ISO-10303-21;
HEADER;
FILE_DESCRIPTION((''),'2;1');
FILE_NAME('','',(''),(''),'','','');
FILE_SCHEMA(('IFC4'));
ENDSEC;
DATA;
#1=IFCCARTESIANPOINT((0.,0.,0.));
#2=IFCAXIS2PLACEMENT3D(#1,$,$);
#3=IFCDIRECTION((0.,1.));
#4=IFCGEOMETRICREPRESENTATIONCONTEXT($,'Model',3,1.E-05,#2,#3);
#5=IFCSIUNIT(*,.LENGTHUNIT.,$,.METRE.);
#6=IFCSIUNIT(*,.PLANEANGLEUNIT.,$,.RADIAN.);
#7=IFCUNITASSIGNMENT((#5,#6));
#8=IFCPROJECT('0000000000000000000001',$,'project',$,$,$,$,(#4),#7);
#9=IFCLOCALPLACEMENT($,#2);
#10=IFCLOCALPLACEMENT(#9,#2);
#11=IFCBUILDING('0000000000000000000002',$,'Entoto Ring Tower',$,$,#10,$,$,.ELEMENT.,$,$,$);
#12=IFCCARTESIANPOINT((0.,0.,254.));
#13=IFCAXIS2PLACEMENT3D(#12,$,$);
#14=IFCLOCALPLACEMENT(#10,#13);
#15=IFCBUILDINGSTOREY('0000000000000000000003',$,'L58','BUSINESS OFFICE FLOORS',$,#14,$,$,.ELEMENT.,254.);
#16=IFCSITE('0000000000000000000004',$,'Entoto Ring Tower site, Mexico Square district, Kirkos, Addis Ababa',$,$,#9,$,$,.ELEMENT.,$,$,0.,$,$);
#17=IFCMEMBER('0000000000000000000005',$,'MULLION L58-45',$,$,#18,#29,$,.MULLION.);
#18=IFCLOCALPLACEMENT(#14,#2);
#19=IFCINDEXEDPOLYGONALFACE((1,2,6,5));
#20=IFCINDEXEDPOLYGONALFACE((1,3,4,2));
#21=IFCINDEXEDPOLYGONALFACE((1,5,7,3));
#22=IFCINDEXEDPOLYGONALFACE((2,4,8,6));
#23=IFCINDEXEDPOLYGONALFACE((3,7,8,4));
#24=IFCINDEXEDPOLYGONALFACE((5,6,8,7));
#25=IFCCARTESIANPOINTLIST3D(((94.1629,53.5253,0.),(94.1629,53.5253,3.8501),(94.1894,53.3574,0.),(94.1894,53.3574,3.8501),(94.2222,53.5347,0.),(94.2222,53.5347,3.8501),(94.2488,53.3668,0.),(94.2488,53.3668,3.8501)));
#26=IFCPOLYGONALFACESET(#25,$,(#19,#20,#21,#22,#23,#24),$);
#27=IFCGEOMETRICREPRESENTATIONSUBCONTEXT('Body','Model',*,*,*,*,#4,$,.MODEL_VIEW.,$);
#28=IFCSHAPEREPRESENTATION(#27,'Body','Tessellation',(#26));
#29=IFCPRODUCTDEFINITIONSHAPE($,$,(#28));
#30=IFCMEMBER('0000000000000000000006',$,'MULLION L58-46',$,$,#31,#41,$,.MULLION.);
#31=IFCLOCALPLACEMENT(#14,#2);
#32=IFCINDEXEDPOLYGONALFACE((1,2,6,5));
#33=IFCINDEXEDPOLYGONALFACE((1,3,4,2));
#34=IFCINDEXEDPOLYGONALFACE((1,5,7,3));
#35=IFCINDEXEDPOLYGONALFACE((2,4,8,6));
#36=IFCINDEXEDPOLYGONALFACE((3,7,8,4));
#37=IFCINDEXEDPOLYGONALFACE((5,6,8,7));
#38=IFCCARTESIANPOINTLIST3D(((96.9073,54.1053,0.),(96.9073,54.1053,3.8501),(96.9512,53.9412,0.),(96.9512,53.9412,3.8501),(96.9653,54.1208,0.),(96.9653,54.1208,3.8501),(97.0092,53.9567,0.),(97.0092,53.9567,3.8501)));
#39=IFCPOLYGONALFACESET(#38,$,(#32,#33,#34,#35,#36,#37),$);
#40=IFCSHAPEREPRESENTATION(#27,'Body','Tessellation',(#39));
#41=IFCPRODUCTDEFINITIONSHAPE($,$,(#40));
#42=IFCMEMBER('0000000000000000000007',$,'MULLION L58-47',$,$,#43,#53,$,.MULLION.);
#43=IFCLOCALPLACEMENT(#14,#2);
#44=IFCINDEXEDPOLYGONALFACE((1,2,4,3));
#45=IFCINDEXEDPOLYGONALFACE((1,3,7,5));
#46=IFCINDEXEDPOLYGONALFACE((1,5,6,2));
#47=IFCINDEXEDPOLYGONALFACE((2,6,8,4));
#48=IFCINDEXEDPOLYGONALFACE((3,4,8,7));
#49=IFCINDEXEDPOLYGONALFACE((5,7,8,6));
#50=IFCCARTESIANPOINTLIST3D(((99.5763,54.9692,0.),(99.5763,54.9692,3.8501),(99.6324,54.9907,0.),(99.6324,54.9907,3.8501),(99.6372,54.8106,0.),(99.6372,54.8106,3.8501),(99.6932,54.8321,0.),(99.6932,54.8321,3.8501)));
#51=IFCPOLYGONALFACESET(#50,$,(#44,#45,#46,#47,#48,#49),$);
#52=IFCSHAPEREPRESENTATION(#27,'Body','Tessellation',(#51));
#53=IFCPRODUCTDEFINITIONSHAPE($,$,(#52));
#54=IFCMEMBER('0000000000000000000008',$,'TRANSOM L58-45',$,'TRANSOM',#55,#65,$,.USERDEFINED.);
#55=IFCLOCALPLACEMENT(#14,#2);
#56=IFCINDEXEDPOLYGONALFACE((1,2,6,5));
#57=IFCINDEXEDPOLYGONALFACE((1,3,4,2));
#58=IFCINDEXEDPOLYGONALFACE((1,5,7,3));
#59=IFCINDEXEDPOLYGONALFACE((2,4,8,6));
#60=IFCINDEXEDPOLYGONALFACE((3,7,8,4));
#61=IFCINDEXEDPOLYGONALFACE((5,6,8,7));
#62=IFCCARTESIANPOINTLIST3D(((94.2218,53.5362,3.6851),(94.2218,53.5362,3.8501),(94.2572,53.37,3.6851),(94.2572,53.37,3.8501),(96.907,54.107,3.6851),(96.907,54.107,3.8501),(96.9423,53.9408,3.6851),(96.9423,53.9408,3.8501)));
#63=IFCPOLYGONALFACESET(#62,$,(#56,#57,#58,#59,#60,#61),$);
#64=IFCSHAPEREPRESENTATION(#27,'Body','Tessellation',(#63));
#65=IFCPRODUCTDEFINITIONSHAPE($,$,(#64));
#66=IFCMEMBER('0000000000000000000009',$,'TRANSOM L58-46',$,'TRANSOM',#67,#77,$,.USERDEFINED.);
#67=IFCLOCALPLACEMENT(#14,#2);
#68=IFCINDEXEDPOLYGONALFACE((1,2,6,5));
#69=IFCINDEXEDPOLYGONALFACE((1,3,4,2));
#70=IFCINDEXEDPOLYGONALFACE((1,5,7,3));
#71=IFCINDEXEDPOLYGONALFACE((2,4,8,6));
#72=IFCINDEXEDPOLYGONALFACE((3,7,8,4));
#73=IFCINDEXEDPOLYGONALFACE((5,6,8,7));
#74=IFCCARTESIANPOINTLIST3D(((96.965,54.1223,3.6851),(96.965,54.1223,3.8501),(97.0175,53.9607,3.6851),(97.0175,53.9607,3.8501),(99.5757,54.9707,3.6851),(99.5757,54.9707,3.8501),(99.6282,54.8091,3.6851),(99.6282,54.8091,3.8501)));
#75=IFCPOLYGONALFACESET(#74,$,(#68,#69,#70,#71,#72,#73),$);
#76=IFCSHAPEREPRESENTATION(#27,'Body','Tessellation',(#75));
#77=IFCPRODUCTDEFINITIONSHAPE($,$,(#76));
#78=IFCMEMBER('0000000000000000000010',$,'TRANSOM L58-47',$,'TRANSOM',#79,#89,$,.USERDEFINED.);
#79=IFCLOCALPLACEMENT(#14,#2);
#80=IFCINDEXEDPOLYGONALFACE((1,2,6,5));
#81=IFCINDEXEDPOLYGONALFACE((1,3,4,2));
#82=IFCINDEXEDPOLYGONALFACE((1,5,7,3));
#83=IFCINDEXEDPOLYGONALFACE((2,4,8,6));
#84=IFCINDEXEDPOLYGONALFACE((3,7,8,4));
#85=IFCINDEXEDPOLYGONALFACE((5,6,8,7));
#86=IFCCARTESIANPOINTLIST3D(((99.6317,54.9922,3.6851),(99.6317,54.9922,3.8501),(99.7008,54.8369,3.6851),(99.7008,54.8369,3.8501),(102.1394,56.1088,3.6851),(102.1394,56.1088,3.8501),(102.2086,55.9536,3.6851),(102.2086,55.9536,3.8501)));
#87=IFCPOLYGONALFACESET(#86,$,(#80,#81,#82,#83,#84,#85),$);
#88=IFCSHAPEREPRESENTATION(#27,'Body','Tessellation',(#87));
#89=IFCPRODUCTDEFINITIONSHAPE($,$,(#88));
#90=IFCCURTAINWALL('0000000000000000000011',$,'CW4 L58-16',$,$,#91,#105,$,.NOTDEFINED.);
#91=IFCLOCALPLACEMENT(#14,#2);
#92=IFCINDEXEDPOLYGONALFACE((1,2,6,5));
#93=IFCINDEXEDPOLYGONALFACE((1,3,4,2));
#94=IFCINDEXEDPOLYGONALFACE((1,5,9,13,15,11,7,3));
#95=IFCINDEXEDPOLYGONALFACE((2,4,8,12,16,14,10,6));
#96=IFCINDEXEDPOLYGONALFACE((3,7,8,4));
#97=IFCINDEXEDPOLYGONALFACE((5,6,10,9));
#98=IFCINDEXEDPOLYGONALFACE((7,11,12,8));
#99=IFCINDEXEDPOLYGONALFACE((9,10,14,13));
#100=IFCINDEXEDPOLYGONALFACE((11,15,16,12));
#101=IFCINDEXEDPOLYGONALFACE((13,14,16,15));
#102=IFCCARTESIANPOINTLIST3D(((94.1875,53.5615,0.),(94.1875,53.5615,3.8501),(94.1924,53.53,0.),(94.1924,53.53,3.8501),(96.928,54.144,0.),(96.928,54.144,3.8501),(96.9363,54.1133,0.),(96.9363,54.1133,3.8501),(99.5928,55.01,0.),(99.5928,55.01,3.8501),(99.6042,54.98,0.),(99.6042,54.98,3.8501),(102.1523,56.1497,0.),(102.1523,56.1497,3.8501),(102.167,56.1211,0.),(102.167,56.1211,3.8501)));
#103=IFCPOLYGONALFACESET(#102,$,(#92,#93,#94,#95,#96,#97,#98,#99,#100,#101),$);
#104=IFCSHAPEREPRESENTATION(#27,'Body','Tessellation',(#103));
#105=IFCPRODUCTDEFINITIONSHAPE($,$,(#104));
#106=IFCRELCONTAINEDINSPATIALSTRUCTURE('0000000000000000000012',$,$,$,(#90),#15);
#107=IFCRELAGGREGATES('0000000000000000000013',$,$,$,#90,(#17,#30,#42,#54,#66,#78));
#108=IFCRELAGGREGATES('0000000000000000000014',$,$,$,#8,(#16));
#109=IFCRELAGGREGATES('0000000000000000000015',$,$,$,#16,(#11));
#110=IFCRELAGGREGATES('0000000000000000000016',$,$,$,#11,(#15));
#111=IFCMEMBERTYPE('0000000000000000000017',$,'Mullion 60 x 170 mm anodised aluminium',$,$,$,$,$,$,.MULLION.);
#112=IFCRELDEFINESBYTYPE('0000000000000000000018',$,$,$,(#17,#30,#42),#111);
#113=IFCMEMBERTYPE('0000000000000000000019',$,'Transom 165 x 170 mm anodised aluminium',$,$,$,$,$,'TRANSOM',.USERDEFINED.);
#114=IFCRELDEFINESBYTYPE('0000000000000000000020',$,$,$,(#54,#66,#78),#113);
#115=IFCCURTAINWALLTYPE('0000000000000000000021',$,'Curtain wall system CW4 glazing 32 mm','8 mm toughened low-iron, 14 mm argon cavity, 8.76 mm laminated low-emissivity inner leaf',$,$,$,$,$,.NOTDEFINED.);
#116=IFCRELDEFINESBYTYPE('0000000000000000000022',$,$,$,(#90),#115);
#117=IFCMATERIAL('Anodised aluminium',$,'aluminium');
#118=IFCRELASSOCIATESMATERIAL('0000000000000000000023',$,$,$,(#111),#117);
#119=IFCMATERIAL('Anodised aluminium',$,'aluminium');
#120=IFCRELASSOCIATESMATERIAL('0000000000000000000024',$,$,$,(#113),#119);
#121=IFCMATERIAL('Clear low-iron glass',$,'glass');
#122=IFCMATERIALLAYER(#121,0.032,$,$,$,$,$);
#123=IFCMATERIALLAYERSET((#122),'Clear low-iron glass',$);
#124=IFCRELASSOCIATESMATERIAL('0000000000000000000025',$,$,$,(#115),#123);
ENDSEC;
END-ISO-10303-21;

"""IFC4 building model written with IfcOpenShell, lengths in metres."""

from ifc_helpers import new_model, si_unit, direction, frame, origin, origin_2d, place, context, subcontext, project, spatial, polyline, rectangle, outline, extrude, material, layer, layer_set, material_profile, profile_set, type_object, element, aggregate, save


model = new_model("IFC4")

# Units and contexts
model_context = context("Model", 3, precision=1e-05, world=origin(), true_north=direction((0.0, 1.0)))
body_context = subcontext(model_context, "Body", "Model", "MODEL_VIEW")
ifc_project = project(units=[si_unit("LENGTHUNIT", "METRE"), si_unit("PLANEANGLEUNIT", "RADIAN")], contexts=[model_context])

# Members
ifc_material_1 = material(Name="Anodised aluminium", Category="aluminium")
ifc_material_profile_1 = material_profile(ifc_material_1, rectangle(XDim=0.0601, YDim=0.1699, at=origin_2d()), Name="Mullion 60 x 170 mm anodised aluminium")
ifc_profile_set_1 = profile_set([ifc_material_profile_1], Name="Anodised aluminium")
member_type_1 = type_object("IfcMemberType", Name="Mullion 60 x 170 mm anodised aluminium", PredefinedType="MULLION", material=ifc_profile_set_1)
site_placement = place(None, origin())
building_placement = place(site_placement, origin())
storey_placement = place(building_placement, frame((0.0, 0.0, 254.0)))
member_1_placement = place(storey_placement, frame((94.2058, 53.446, 0.0), z_axis=(0.0, 0.0, 1.0), x_axis=(0.987688, 0.156434, 0.0)))
member_1 = element("IfcMember", 1, at=member_1_placement, type_object=member_type_1, Name="MULLION L58-45", PredefinedType="MULLION", context=body_context, shape_type="SweptSolid", body=[
    extrude(rectangle(XDim=0.0601, YDim=0.1699, at=origin_2d()), origin(), (0.0, 0.0, 1.0), 3.8501),
])
member_2_placement = place(storey_placement, frame((96.9583, 54.031, 0.0), z_axis=(0.0, 0.0, 1.0), x_axis=(0.965926, 0.258819, 0.0)))
member_2 = element("IfcMember", 2, at=member_2_placement, type_object=member_type_1, Name="MULLION L58-46", PredefinedType="MULLION", context=body_context, shape_type="SweptSolid", body=[
    extrude(rectangle(XDim=0.0601, YDim=0.1699, at=origin_2d()), origin(), (0.0, 0.0, 1.0), 3.8501),
])
member_3_placement = place(storey_placement, frame((99.6348, 54.9006, 0.0), z_axis=(0.0, 0.0, 1.0), x_axis=(0.93358, 0.358368, 0.0)))
member_3 = element("IfcMember", 3, at=member_3_placement, type_object=member_type_1, Name="MULLION L58-47", PredefinedType="MULLION", context=body_context, shape_type="SweptSolid", body=[
    extrude(rectangle(XDim=0.0601, YDim=0.1699, at=origin_2d()), origin(), (0.0, 0.0, 1.0), 3.8501),
])
ifc_material_2 = material(Name="Anodised aluminium", Category="aluminium")
ifc_material_profile_2 = material_profile(ifc_material_2, rectangle(XDim=0.1699, YDim=0.165, at=origin_2d()), Name="Transom 165 x 170 mm anodised aluminium")
ifc_profile_set_2 = profile_set([ifc_material_profile_2], Name="Anodised aluminium")
member_type_2 = type_object("IfcMemberType", Name="Transom 165 x 170 mm anodised aluminium", ElementType="TRANSOM", PredefinedType="USERDEFINED", material=ifc_profile_set_2)
member_4_placement = place(storey_placement, frame((94.2395, 53.4531, 3.7676), z_axis=(0.978142, 0.207937, 0.0), x_axis=(-0.207937, 0.978142, 0.0)))
member_4 = element("IfcMember", 4, at=member_4_placement, type_object=member_type_2, Name="TRANSOM L58-45", ObjectType="TRANSOM", PredefinedType="USERDEFINED", context=body_context, shape_type="SweptSolid", body=[
    extrude(rectangle(XDim=0.1699, YDim=0.165, at=origin_2d()), origin(), (0.0, 0.0, 1.0), 2.7451),
])
member_5_placement = place(storey_placement, frame((96.9912, 54.0415, 3.7676), z_axis=(0.951048, 0.309042, 0.0), x_axis=(-0.309042, 0.951048, 0.0)))
member_5 = element("IfcMember", 5, at=member_5_placement, type_object=member_type_2, Name="TRANSOM L58-46", ObjectType="TRANSOM", PredefinedType="USERDEFINED", context=body_context, shape_type="SweptSolid", body=[
    extrude(rectangle(XDim=0.1699, YDim=0.165, at=origin_2d()), origin(), (0.0, 0.0, 1.0), 2.7451),
])
member_6_placement = place(storey_placement, frame((99.6663, 54.9146, 3.7676), z_axis=(0.913525, 0.406782, 0.0), x_axis=(-0.406782, 0.913525, 0.0)))
member_6 = element("IfcMember", 6, at=member_6_placement, type_object=member_type_2, Name="TRANSOM L58-47", ObjectType="TRANSOM", PredefinedType="USERDEFINED", context=body_context, shape_type="SweptSolid", body=[
    extrude(rectangle(XDim=0.1699, YDim=0.165, at=origin_2d()), origin(), (0.0, 0.0, 1.0), 2.7451),
])

# Site, building, storey
site = spatial("IfcSite", under=ifc_project, at=site_placement, Name="Entoto Ring Tower site, Mexico Square district, Kirkos, Addis Ababa", CompositionType="ELEMENT", RefElevation=0.0)
building = spatial("IfcBuilding", under=site, at=building_placement, Name="Entoto Ring Tower", CompositionType="ELEMENT")
storey = spatial("IfcBuildingStorey", under=building, at=storey_placement, Name="L58", Description="BUSINESS OFFICE FLOORS", CompositionType="ELEMENT", Elevation=254.0)

# Curtain wall
ifc_material_3 = material(Name="Clear low-iron glass", Category="glass")
ifc_layer_1 = layer(ifc_material_3, 0.032)
ifc_layer_set_1 = layer_set([ifc_layer_1], Name="Clear low-iron glass")
curtain_wall_type = type_object("IfcCurtainWallType", Name="Curtain wall system CW4 glazing 32 mm", Description="8 mm toughened low-iron, 14 mm argon cavity, 8.76 mm laminated low-emissivity inner leaf", PredefinedType="NOTDEFINED", material=ifc_layer_set_1)
curtain_wall_1_placement = place(storey_placement, origin())
curtain_wall_1 = element("IfcCurtainWall", 7, at=curtain_wall_1_placement, inside=storey, type_object=curtain_wall_type, Name="CW4 L58-16", PredefinedType="NOTDEFINED", context=body_context, shape_type="SweptSolid", body=[
    extrude(outline(polyline([(94.1924, 53.53), (96.9363, 54.1133), (99.6042, 54.98), (102.167, 56.1211), (102.1523, 56.1497), (99.5928, 55.01), (96.928, 54.144), (94.1875, 53.5615), (94.1924, 53.53)])), origin(), (0.0, 0.0, 1.0), 3.8501),
])
aggregate(curtain_wall_1, [member_1, member_2, member_3, member_4, member_5, member_6])

save(model, "model.ifc")
